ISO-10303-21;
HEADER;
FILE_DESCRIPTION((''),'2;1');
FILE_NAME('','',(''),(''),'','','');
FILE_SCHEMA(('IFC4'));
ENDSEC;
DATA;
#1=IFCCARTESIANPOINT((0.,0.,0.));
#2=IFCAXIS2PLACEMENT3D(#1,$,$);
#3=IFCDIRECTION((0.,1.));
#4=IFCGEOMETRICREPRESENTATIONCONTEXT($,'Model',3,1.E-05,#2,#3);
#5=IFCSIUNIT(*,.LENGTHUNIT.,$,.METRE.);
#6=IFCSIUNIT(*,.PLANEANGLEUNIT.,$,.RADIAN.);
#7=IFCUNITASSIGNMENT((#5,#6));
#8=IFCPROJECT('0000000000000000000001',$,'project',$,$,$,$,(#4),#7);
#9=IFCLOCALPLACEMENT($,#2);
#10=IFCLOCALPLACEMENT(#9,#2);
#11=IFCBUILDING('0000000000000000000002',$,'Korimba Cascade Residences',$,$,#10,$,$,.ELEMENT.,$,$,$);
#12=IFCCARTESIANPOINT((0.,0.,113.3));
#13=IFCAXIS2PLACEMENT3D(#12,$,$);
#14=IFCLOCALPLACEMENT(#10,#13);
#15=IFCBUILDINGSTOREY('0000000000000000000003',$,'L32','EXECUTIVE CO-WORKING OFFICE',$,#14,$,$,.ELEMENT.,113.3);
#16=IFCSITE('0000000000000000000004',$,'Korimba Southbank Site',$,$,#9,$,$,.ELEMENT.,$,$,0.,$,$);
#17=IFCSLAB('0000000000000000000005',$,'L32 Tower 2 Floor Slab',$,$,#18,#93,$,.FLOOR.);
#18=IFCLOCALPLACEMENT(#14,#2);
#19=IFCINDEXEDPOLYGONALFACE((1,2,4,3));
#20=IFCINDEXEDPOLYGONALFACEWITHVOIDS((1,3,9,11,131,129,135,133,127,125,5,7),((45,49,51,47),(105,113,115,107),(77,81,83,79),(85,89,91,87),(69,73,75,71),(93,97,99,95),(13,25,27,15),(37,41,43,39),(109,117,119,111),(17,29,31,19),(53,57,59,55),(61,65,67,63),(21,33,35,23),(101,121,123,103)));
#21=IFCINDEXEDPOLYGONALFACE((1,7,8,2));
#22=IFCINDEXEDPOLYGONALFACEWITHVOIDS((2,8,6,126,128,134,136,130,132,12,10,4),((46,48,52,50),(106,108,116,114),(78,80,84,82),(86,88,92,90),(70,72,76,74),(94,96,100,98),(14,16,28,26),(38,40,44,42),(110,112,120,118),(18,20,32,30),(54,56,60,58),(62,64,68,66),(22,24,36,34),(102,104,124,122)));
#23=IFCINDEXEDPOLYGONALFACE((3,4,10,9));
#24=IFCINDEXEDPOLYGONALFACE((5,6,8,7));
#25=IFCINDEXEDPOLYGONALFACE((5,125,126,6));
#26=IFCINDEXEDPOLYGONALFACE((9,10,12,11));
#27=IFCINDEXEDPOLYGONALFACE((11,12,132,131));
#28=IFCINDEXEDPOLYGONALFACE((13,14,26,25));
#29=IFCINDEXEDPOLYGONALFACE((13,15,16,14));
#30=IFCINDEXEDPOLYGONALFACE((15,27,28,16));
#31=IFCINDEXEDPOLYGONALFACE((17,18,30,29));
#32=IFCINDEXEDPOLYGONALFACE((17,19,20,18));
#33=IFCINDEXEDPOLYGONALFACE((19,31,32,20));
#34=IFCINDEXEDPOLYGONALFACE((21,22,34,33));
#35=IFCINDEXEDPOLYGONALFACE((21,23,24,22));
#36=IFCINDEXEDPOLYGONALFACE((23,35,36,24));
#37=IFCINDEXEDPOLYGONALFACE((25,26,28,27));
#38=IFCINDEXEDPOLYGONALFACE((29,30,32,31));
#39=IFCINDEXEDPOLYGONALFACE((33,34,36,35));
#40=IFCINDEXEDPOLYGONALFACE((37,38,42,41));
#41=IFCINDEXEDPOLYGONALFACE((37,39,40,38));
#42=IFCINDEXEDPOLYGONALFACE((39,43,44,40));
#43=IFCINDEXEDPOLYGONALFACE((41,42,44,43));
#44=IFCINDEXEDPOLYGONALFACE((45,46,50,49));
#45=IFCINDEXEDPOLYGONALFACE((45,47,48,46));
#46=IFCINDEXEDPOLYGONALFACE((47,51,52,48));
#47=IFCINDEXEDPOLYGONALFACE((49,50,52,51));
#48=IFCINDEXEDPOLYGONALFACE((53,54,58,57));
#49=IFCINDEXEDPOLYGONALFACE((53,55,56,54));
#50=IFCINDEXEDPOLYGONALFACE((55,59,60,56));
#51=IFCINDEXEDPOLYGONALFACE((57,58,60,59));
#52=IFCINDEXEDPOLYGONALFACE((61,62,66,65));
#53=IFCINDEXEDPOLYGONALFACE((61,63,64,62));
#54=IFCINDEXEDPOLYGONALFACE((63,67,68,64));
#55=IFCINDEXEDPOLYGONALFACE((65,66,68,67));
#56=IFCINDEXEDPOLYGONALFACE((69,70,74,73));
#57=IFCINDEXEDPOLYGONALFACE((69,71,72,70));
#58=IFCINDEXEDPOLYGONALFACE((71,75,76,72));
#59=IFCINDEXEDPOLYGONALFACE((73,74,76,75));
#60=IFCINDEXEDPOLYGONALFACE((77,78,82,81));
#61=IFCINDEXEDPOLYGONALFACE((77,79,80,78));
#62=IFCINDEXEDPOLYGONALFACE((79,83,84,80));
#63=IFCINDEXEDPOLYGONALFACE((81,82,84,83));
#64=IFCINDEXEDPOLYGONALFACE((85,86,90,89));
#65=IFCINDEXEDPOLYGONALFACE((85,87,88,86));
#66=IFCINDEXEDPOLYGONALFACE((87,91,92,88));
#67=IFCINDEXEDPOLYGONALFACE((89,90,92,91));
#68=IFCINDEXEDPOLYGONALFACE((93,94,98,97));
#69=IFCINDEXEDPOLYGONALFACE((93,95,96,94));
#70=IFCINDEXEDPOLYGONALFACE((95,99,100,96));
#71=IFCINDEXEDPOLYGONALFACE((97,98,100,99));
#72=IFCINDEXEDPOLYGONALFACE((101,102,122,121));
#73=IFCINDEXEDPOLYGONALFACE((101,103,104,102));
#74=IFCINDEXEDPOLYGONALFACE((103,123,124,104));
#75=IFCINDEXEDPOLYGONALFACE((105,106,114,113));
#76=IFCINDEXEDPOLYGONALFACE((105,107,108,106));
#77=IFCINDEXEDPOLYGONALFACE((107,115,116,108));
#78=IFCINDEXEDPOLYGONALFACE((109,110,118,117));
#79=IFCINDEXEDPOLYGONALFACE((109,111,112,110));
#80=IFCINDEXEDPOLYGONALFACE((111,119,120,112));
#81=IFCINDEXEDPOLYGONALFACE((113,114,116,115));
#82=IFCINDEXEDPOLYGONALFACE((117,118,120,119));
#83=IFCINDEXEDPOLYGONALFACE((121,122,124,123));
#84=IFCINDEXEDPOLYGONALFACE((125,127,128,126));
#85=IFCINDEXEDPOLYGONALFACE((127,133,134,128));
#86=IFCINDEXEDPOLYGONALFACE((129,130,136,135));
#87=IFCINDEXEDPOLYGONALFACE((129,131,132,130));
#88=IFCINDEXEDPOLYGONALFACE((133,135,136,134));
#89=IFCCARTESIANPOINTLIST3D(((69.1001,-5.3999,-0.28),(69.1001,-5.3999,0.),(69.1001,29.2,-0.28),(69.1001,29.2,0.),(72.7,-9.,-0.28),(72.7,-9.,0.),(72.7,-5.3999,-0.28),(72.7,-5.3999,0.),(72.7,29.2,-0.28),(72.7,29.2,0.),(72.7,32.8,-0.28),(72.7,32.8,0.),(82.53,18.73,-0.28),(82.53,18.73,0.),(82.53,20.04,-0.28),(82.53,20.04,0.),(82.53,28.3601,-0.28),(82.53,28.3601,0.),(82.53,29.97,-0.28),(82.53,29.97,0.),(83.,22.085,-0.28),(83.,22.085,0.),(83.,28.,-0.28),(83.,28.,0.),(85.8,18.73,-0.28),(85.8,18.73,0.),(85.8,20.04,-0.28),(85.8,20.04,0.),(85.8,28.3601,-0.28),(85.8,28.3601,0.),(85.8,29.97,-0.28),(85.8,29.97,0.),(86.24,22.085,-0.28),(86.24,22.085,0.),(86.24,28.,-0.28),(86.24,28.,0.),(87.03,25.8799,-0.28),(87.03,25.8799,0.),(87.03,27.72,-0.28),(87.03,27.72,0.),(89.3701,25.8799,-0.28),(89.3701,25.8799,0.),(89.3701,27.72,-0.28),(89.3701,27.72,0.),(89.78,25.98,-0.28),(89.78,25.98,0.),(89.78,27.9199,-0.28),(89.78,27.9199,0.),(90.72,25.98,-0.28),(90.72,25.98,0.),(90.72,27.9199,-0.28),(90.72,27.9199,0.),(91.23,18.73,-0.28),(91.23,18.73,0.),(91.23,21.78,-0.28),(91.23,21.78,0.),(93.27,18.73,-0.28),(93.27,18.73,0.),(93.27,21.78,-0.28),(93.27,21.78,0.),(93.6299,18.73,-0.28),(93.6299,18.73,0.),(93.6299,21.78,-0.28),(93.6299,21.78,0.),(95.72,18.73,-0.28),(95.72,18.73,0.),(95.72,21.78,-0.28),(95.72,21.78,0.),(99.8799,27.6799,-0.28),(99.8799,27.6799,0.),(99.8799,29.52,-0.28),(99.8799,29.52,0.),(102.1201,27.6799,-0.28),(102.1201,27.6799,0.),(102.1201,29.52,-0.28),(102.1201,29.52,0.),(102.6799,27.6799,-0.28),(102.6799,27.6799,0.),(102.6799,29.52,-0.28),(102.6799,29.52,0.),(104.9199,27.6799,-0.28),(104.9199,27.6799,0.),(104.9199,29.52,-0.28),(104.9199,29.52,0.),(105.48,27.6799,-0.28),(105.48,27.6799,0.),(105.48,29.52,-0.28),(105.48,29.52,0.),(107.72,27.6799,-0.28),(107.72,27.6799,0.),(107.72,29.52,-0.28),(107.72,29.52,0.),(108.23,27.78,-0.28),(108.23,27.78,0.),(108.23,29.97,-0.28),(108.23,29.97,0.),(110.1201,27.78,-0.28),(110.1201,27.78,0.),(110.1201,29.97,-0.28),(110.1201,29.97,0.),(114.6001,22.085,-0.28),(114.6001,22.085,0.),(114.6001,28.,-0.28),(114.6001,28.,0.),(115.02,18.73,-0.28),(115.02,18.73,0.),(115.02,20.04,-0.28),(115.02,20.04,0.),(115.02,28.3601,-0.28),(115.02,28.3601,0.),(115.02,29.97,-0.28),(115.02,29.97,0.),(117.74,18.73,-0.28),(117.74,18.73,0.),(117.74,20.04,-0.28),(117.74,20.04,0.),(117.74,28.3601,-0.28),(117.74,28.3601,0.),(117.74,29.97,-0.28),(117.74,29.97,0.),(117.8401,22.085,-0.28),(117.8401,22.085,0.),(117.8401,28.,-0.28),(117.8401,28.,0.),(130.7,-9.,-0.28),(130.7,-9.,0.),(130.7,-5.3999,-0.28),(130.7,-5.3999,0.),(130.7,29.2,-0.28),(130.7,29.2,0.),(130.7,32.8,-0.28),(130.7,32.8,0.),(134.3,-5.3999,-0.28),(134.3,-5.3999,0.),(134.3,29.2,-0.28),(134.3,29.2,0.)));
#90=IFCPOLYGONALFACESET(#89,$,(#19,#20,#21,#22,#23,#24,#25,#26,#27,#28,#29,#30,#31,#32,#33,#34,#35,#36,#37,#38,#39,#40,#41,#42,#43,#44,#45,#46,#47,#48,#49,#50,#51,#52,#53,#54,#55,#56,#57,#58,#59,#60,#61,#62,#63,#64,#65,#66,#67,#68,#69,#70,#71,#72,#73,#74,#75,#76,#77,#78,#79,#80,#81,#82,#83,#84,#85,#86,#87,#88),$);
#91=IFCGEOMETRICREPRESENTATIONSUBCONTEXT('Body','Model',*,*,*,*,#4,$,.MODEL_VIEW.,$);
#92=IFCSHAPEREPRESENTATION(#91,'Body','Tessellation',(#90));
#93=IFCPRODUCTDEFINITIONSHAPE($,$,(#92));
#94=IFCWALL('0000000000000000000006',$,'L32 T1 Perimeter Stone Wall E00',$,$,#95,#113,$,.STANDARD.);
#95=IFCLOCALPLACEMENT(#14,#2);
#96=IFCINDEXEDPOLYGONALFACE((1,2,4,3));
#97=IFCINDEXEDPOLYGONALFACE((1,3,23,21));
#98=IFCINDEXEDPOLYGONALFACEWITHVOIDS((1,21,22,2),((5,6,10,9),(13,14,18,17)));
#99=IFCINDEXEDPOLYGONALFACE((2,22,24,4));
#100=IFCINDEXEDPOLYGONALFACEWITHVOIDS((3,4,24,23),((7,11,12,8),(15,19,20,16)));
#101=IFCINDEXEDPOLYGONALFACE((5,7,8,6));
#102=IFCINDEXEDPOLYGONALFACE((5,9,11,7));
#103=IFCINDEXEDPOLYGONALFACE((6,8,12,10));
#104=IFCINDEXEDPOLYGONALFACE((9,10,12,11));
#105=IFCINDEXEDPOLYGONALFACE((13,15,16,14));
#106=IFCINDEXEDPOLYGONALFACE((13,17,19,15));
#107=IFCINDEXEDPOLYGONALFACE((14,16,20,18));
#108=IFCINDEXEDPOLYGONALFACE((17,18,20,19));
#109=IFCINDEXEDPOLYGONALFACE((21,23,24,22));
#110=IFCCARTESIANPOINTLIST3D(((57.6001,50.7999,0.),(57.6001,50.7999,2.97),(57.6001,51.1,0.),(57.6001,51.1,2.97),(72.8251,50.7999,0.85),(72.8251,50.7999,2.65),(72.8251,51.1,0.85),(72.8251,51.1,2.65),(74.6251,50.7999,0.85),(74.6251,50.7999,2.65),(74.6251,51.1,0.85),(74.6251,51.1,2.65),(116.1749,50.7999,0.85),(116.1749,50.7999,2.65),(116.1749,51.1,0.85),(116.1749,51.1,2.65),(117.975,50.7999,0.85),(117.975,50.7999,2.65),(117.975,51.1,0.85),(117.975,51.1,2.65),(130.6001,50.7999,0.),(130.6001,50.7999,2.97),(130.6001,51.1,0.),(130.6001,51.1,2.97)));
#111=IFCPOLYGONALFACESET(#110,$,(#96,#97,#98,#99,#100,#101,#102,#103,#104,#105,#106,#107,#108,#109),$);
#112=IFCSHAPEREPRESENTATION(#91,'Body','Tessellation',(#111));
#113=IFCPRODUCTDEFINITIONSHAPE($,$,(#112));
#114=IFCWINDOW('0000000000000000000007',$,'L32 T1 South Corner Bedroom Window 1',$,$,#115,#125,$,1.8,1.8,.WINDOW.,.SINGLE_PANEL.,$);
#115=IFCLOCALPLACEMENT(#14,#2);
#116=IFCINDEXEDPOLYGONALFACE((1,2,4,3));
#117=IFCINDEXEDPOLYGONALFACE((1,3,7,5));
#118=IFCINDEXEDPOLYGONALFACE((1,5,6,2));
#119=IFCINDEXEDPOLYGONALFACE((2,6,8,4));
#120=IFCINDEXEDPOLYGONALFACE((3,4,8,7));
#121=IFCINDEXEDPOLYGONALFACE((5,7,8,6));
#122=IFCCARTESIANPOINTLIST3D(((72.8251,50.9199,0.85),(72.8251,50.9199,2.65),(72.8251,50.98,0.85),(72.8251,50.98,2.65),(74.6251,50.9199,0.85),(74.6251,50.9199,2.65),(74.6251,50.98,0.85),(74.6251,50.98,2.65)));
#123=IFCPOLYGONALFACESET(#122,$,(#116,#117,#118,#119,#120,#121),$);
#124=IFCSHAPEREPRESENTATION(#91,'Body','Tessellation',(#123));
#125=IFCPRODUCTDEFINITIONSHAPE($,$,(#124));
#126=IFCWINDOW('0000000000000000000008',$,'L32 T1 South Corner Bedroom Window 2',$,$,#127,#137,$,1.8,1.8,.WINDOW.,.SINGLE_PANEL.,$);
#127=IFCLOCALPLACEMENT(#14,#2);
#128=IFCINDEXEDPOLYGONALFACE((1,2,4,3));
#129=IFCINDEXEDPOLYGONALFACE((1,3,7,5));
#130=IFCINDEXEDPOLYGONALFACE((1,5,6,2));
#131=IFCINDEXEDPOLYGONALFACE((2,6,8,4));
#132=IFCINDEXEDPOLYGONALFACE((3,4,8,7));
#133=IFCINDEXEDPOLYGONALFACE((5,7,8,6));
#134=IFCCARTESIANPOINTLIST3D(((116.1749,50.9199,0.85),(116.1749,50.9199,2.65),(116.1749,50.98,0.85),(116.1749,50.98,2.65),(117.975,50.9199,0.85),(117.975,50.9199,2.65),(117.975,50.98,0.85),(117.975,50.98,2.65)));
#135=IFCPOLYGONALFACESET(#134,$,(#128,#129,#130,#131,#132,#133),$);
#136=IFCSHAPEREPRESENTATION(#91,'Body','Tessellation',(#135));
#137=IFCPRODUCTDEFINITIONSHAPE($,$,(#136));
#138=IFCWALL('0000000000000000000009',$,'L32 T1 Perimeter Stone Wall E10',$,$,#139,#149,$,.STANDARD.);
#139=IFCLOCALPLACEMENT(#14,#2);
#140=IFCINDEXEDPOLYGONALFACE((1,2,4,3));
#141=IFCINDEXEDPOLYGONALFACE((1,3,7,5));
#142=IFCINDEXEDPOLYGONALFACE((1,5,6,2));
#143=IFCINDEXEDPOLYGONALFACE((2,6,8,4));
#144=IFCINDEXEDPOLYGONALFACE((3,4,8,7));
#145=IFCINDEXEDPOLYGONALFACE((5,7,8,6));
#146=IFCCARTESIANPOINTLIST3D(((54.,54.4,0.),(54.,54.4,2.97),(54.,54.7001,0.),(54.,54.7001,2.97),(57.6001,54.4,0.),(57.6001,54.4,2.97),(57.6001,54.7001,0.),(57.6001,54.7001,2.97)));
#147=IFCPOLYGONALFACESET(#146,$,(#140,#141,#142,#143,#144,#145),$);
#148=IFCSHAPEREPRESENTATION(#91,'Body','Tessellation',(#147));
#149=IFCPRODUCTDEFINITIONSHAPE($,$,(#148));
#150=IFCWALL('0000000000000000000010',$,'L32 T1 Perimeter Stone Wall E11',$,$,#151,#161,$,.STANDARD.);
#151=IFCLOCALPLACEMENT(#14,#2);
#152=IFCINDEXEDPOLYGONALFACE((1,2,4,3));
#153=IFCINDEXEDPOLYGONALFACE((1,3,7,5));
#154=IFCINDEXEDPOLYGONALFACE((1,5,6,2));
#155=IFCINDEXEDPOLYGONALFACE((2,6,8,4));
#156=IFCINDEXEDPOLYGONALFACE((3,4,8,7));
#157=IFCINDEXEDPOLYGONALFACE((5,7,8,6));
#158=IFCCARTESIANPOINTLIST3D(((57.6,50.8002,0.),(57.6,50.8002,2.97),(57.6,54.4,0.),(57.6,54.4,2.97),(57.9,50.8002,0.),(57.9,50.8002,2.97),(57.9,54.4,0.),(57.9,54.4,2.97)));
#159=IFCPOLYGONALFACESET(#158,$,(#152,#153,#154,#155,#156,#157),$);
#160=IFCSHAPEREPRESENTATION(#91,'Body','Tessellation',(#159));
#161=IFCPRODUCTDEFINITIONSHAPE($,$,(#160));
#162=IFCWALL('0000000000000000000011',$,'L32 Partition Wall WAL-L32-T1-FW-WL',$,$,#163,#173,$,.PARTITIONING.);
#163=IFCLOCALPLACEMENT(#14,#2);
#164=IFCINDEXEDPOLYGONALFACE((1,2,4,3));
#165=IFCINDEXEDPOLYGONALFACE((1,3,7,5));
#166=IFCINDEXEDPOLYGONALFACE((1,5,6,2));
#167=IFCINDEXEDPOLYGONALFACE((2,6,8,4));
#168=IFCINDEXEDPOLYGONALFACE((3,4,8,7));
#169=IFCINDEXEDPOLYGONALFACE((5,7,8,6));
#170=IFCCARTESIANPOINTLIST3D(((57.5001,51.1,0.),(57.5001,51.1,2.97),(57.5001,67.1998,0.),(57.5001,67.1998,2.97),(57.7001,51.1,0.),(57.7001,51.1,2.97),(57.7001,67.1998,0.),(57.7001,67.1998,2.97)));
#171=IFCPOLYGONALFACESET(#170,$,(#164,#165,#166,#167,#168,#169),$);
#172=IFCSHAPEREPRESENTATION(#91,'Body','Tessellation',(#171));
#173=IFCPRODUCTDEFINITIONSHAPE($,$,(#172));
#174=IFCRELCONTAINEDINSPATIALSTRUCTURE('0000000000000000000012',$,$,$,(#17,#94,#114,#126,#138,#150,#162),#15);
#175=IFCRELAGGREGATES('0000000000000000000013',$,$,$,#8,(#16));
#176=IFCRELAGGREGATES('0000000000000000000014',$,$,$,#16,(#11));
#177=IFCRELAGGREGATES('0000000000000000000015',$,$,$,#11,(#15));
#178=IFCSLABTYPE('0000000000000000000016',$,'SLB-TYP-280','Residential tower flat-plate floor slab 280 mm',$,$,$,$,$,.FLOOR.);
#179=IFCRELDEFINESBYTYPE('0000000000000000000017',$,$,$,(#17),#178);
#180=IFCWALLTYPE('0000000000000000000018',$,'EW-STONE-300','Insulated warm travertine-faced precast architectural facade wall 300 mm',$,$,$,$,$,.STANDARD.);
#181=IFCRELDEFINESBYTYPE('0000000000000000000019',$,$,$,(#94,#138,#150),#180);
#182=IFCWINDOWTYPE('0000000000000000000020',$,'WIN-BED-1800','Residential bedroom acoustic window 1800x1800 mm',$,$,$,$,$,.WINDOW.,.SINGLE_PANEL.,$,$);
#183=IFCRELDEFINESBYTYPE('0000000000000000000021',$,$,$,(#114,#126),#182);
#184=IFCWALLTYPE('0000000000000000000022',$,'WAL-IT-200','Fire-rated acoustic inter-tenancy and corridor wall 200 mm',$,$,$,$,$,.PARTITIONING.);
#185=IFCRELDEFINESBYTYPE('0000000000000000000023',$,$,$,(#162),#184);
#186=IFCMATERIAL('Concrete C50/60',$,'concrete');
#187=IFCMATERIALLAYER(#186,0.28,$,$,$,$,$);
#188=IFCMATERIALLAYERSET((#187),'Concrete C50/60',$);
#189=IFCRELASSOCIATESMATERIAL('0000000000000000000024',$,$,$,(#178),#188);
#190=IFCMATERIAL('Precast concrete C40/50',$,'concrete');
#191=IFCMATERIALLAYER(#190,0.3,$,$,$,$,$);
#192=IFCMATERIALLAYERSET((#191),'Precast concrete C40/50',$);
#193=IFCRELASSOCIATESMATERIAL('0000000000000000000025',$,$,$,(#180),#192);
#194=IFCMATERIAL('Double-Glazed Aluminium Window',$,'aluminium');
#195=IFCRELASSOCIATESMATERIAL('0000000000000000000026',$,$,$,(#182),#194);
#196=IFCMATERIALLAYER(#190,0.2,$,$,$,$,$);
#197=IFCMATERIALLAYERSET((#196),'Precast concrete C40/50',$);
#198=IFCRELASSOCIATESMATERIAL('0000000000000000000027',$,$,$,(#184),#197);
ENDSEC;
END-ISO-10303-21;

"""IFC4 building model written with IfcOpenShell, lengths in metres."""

from ifc_helpers import new_model, si_unit, direction, frame, frame_2d, origin, place, context, subcontext, project, spatial, polyline, rectangle, outline, extrude, material, layer, layer_set, type_object, element, fill, save


model = new_model("IFC4")

# Units and contexts
model_context = context("Model", 3, precision=1e-05, world=origin(), true_north=direction((0.0, 1.0)))
body_context = subcontext(model_context, "Body", "Model", "MODEL_VIEW")
ifc_project = project(units=[si_unit("LENGTHUNIT", "METRE"), si_unit("PLANEANGLEUNIT", "RADIAN")], contexts=[model_context])

# Site, building, storey
site_placement = place(None, origin())
site = spatial("IfcSite", under=ifc_project, at=site_placement, Name="Korimba Southbank Site", CompositionType="ELEMENT", RefElevation=0.0)
building_placement = place(site_placement, origin())
building = spatial("IfcBuilding", under=site, at=building_placement, Name="Korimba Cascade Residences", CompositionType="ELEMENT")
storey_placement = place(building_placement, frame((0.0, 0.0, 113.3)))
storey = spatial("IfcBuildingStorey", under=building, at=storey_placement, Name="L32", Description="EXECUTIVE CO-WORKING OFFICE", CompositionType="ELEMENT", Elevation=113.3)

# Shared definitions
ifc_material_1 = material(Name="Concrete C50/60", Category="concrete")

# Slab
ifc_material_2 = material(Name="Precast concrete C40/50", Category="concrete")
ifc_layer_1 = layer(ifc_material_1, 0.28)
ifc_layer_set_1 = layer_set([ifc_layer_1], Name="Concrete C50/60")
slab_type_1 = type_object("IfcSlabType", Name="SLB-TYP-280", Description="Residential tower flat-plate floor slab 280 mm", PredefinedType="FLOOR", material=ifc_layer_set_1)
slab_1_placement = place(storey_placement, frame((0.0, 0.0, -0.28)))
element("IfcSlab", 1, at=slab_1_placement, inside=storey, type_object=slab_type_1, Name="L32 Tower 2 Floor Slab", PredefinedType="FLOOR", context=body_context, shape_type="SweptSolid", body=[
    extrude(outline(polyline([(72.7, -9.0), (130.7, -9.0), (130.7, -5.3999), (134.3, -5.3999), (134.3, 29.2), (130.7, 29.2), (130.7, 32.8), (72.7, 32.8), (72.7, 29.2), (69.1001, 29.2), (69.1001, -5.3999), (72.7, -5.3999), (72.7, -9.0)]), holes=[polyline([(86.24, 22.085), (86.24, 28.0), (83.0, 28.0), (83.0, 22.085), (86.24, 22.085)]), polyline([(117.8401, 22.085), (117.8401, 28.0), (114.6001, 28.0), (114.6001, 22.085), (117.8401, 22.085)]), polyline([(87.03, 25.8799), (89.3701, 25.8799), (89.3701, 27.72), (87.03, 27.72), (87.03, 25.8799)]), polyline([(99.8799, 27.6799), (102.1201, 27.6799), (102.1201, 29.52), (99.8799, 29.52), (99.8799, 27.6799)]), polyline([(102.6799, 27.6799), (104.9199, 27.6799), (104.9199, 29.52), (102.6799, 29.52), (102.6799, 27.6799)]), polyline([(105.48, 27.6799), (107.72, 27.6799), (107.72, 29.52), (105.48, 29.52), (105.48, 27.6799)]), polyline([(89.78, 25.98), (90.72, 25.98), (90.72, 27.9199), (89.78, 27.9199), (89.78, 25.98)]), polyline([(82.53, 18.73), (85.8, 18.73), (85.8, 20.04), (82.53, 20.04), (82.53, 18.73)]), polyline([(82.53, 28.3601), (85.8, 28.3601), (85.8, 29.97), (82.53, 29.97), (82.53, 28.3601)]), polyline([(108.23, 27.78), (110.1201, 27.78), (110.1201, 29.97), (108.23, 29.97), (108.23, 27.78)]), polyline([(91.23, 18.73), (93.27, 18.73), (93.27, 21.78), (91.23, 21.78), (91.23, 18.73)]), polyline([(93.6299, 18.73), (95.72, 18.73), (95.72, 21.78), (93.6299, 21.78), (93.6299, 18.73)]), polyline([(115.02, 18.73), (117.74, 18.73), (117.74, 20.04), (115.02, 20.04), (115.02, 18.73)]), polyline([(115.02, 28.3601), (117.74, 28.3601), (117.74, 29.97), (115.02, 29.97), (115.02, 28.3601)])]), origin(), (0.0, 0.0, 1.0), 0.28),
])

# Wall, openings, windows
ifc_layer_2 = layer(ifc_material_2, 0.3)
ifc_layer_set_2 = layer_set([ifc_layer_2], Name="Precast concrete C40/50")
wall_type_1 = type_object("IfcWallType", Name="EW-STONE-300", Description="Insulated warm travertine-faced precast architectural facade wall 300 mm", PredefinedType="STANDARD", material=ifc_layer_set_2)
wall_1_placement = place(storey_placement, frame((57.6001, 50.95, 0.0), z_axis=(0.0, 0.0, 1.0), x_axis=(1.0, 0.0, 0.0)))
wall_1 = element("IfcWall", 2, at=wall_1_placement, inside=storey, type_object=wall_type_1, Name="L32 T1 Perimeter Stone Wall E00", PredefinedType="STANDARD", context=body_context, shape_type="SweptSolid", body=[
    extrude(rectangle(XDim=73.0, YDim=0.3, at=frame_2d((36.5, 0.0))), origin(), (0.0, 0.0, 1.0), 2.97),
])
opening_1_placement = place(wall_1_placement, frame((15.2251, 0.0, 0.8501)))
opening_1 = element("IfcOpeningElement", 3, at=opening_1_placement, cuts=wall_1, PredefinedType="OPENING", context=body_context, shape_type="SweptSolid", body=[
    extrude(rectangle(XDim=1.8, YDim=1.8, at=frame_2d((0.8999, 0.8999))), frame((0.0, 0.1602, 0.0), z_axis=(0.0, -1.0, 0.0), x_axis=(1.0, 0.0, 0.0)), (0.0, 0.0, 1.0), 0.3201),
])
opening_2_placement = place(wall_1_placement, frame((58.575, 0.0, 0.8501)))
opening_2 = element("IfcOpeningElement", 4, at=opening_2_placement, cuts=wall_1, PredefinedType="OPENING", context=body_context, shape_type="SweptSolid", body=[
    extrude(rectangle(XDim=1.8, YDim=1.8, at=frame_2d((0.8999, 0.8999))), frame((0.0, 0.1602, 0.0), z_axis=(0.0, -1.0, 0.0), x_axis=(1.0, 0.0, 0.0)), (0.0, 0.0, 1.0), 0.3201),
])
ifc_material_3 = material(Name="Double-Glazed Aluminium Window", Category="aluminium")
window_type = type_object("IfcWindowType", Name="WIN-BED-1800", Description="Residential bedroom acoustic window 1800x1800 mm", PartitioningType="SINGLE_PANEL", PredefinedType="WINDOW", material=ifc_material_3)
window_1_placement = place(opening_1_placement, origin())
window_1 = element("IfcWindow", 5, at=window_1_placement, inside=storey, type_object=window_type, Name="L32 T1 South Corner Bedroom Window 1", OverallHeight=1.8, OverallWidth=1.8, PartitioningType="SINGLE_PANEL", PredefinedType="WINDOW", context=body_context, shape_type="SweptSolid", body=[
    extrude(rectangle(XDim=1.8, YDim=1.8, at=frame_2d((0.8999, 0.8999))), frame((0.0, 0.03, 0.0), z_axis=(0.0, -1.0, 0.0), x_axis=(1.0, 0.0, 0.0)), (0.0, 0.0, 1.0), 0.0601),
])
fill(opening_1, window_1)
window_2_placement = place(opening_2_placement, origin())
window_2 = element("IfcWindow", 6, at=window_2_placement, inside=storey, type_object=window_type, Name="L32 T1 South Corner Bedroom Window 2", OverallHeight=1.8, OverallWidth=1.8, PartitioningType="SINGLE_PANEL", PredefinedType="WINDOW", context=body_context, shape_type="SweptSolid", body=[
    extrude(rectangle(XDim=1.8, YDim=1.8, at=frame_2d((0.8999, 0.8999))), frame((0.0, 0.03, 0.0), z_axis=(0.0, -1.0, 0.0), x_axis=(1.0, 0.0, 0.0)), (0.0, 0.0, 1.0), 0.0601),
])
fill(opening_2, window_2)

# Walls
wall_2_placement = place(storey_placement, frame((54.0, 54.55, 0.0), z_axis=(0.0, 0.0, 1.0), x_axis=(1.0, 0.0, 0.0)))
element("IfcWall", 7, at=wall_2_placement, inside=storey, type_object=wall_type_1, Name="L32 T1 Perimeter Stone Wall E10", PredefinedType="STANDARD", context=body_context, shape_type="SweptSolid", body=[
    extrude(rectangle(XDim=3.6001, YDim=0.3, at=frame_2d((1.8, 0.0))), origin(), (0.0, 0.0, 1.0), 2.97),
])
wall_3_placement = place(storey_placement, frame((57.75, 54.3999, 0.0), z_axis=(0.0, 0.0, 1.0), x_axis=(0.0, -1.0, 0.0)))
element("IfcWall", 8, at=wall_3_placement, inside=storey, type_object=wall_type_1, Name="L32 T1 Perimeter Stone Wall E11", PredefinedType="STANDARD", context=body_context, shape_type="SweptSolid", body=[
    extrude(rectangle(XDim=3.5999, YDim=0.3, at=frame_2d((1.7998, 0.0))), origin(), (0.0, 0.0, 1.0), 2.97),
])
ifc_layer_3 = layer(ifc_material_2, 0.2)
ifc_layer_set_3 = layer_set([ifc_layer_3], Name="Precast concrete C40/50")
wall_type_2 = type_object("IfcWallType", Name="WAL-IT-200", Description="Fire-rated acoustic inter-tenancy and corridor wall 200 mm", PredefinedType="PARTITIONING", material=ifc_layer_set_3)
wall_4_placement = place(storey_placement, frame((57.6001, 51.1001, 0.0), z_axis=(0.0, 0.0, 1.0), x_axis=(0.0, 1.0, 0.0)))
element("IfcWall", 9, at=wall_4_placement, inside=storey, type_object=wall_type_2, Name="L32 Partition Wall WAL-L32-T1-FW-WL", PredefinedType="PARTITIONING", context=body_context, shape_type="SweptSolid", body=[
    extrude(rectangle(XDim=16.0999, YDim=0.2, at=frame_2d((8.0498, 0.0))), origin(), (0.0, 0.0, 1.0), 2.97),
])

save(model, "model.ifc")
